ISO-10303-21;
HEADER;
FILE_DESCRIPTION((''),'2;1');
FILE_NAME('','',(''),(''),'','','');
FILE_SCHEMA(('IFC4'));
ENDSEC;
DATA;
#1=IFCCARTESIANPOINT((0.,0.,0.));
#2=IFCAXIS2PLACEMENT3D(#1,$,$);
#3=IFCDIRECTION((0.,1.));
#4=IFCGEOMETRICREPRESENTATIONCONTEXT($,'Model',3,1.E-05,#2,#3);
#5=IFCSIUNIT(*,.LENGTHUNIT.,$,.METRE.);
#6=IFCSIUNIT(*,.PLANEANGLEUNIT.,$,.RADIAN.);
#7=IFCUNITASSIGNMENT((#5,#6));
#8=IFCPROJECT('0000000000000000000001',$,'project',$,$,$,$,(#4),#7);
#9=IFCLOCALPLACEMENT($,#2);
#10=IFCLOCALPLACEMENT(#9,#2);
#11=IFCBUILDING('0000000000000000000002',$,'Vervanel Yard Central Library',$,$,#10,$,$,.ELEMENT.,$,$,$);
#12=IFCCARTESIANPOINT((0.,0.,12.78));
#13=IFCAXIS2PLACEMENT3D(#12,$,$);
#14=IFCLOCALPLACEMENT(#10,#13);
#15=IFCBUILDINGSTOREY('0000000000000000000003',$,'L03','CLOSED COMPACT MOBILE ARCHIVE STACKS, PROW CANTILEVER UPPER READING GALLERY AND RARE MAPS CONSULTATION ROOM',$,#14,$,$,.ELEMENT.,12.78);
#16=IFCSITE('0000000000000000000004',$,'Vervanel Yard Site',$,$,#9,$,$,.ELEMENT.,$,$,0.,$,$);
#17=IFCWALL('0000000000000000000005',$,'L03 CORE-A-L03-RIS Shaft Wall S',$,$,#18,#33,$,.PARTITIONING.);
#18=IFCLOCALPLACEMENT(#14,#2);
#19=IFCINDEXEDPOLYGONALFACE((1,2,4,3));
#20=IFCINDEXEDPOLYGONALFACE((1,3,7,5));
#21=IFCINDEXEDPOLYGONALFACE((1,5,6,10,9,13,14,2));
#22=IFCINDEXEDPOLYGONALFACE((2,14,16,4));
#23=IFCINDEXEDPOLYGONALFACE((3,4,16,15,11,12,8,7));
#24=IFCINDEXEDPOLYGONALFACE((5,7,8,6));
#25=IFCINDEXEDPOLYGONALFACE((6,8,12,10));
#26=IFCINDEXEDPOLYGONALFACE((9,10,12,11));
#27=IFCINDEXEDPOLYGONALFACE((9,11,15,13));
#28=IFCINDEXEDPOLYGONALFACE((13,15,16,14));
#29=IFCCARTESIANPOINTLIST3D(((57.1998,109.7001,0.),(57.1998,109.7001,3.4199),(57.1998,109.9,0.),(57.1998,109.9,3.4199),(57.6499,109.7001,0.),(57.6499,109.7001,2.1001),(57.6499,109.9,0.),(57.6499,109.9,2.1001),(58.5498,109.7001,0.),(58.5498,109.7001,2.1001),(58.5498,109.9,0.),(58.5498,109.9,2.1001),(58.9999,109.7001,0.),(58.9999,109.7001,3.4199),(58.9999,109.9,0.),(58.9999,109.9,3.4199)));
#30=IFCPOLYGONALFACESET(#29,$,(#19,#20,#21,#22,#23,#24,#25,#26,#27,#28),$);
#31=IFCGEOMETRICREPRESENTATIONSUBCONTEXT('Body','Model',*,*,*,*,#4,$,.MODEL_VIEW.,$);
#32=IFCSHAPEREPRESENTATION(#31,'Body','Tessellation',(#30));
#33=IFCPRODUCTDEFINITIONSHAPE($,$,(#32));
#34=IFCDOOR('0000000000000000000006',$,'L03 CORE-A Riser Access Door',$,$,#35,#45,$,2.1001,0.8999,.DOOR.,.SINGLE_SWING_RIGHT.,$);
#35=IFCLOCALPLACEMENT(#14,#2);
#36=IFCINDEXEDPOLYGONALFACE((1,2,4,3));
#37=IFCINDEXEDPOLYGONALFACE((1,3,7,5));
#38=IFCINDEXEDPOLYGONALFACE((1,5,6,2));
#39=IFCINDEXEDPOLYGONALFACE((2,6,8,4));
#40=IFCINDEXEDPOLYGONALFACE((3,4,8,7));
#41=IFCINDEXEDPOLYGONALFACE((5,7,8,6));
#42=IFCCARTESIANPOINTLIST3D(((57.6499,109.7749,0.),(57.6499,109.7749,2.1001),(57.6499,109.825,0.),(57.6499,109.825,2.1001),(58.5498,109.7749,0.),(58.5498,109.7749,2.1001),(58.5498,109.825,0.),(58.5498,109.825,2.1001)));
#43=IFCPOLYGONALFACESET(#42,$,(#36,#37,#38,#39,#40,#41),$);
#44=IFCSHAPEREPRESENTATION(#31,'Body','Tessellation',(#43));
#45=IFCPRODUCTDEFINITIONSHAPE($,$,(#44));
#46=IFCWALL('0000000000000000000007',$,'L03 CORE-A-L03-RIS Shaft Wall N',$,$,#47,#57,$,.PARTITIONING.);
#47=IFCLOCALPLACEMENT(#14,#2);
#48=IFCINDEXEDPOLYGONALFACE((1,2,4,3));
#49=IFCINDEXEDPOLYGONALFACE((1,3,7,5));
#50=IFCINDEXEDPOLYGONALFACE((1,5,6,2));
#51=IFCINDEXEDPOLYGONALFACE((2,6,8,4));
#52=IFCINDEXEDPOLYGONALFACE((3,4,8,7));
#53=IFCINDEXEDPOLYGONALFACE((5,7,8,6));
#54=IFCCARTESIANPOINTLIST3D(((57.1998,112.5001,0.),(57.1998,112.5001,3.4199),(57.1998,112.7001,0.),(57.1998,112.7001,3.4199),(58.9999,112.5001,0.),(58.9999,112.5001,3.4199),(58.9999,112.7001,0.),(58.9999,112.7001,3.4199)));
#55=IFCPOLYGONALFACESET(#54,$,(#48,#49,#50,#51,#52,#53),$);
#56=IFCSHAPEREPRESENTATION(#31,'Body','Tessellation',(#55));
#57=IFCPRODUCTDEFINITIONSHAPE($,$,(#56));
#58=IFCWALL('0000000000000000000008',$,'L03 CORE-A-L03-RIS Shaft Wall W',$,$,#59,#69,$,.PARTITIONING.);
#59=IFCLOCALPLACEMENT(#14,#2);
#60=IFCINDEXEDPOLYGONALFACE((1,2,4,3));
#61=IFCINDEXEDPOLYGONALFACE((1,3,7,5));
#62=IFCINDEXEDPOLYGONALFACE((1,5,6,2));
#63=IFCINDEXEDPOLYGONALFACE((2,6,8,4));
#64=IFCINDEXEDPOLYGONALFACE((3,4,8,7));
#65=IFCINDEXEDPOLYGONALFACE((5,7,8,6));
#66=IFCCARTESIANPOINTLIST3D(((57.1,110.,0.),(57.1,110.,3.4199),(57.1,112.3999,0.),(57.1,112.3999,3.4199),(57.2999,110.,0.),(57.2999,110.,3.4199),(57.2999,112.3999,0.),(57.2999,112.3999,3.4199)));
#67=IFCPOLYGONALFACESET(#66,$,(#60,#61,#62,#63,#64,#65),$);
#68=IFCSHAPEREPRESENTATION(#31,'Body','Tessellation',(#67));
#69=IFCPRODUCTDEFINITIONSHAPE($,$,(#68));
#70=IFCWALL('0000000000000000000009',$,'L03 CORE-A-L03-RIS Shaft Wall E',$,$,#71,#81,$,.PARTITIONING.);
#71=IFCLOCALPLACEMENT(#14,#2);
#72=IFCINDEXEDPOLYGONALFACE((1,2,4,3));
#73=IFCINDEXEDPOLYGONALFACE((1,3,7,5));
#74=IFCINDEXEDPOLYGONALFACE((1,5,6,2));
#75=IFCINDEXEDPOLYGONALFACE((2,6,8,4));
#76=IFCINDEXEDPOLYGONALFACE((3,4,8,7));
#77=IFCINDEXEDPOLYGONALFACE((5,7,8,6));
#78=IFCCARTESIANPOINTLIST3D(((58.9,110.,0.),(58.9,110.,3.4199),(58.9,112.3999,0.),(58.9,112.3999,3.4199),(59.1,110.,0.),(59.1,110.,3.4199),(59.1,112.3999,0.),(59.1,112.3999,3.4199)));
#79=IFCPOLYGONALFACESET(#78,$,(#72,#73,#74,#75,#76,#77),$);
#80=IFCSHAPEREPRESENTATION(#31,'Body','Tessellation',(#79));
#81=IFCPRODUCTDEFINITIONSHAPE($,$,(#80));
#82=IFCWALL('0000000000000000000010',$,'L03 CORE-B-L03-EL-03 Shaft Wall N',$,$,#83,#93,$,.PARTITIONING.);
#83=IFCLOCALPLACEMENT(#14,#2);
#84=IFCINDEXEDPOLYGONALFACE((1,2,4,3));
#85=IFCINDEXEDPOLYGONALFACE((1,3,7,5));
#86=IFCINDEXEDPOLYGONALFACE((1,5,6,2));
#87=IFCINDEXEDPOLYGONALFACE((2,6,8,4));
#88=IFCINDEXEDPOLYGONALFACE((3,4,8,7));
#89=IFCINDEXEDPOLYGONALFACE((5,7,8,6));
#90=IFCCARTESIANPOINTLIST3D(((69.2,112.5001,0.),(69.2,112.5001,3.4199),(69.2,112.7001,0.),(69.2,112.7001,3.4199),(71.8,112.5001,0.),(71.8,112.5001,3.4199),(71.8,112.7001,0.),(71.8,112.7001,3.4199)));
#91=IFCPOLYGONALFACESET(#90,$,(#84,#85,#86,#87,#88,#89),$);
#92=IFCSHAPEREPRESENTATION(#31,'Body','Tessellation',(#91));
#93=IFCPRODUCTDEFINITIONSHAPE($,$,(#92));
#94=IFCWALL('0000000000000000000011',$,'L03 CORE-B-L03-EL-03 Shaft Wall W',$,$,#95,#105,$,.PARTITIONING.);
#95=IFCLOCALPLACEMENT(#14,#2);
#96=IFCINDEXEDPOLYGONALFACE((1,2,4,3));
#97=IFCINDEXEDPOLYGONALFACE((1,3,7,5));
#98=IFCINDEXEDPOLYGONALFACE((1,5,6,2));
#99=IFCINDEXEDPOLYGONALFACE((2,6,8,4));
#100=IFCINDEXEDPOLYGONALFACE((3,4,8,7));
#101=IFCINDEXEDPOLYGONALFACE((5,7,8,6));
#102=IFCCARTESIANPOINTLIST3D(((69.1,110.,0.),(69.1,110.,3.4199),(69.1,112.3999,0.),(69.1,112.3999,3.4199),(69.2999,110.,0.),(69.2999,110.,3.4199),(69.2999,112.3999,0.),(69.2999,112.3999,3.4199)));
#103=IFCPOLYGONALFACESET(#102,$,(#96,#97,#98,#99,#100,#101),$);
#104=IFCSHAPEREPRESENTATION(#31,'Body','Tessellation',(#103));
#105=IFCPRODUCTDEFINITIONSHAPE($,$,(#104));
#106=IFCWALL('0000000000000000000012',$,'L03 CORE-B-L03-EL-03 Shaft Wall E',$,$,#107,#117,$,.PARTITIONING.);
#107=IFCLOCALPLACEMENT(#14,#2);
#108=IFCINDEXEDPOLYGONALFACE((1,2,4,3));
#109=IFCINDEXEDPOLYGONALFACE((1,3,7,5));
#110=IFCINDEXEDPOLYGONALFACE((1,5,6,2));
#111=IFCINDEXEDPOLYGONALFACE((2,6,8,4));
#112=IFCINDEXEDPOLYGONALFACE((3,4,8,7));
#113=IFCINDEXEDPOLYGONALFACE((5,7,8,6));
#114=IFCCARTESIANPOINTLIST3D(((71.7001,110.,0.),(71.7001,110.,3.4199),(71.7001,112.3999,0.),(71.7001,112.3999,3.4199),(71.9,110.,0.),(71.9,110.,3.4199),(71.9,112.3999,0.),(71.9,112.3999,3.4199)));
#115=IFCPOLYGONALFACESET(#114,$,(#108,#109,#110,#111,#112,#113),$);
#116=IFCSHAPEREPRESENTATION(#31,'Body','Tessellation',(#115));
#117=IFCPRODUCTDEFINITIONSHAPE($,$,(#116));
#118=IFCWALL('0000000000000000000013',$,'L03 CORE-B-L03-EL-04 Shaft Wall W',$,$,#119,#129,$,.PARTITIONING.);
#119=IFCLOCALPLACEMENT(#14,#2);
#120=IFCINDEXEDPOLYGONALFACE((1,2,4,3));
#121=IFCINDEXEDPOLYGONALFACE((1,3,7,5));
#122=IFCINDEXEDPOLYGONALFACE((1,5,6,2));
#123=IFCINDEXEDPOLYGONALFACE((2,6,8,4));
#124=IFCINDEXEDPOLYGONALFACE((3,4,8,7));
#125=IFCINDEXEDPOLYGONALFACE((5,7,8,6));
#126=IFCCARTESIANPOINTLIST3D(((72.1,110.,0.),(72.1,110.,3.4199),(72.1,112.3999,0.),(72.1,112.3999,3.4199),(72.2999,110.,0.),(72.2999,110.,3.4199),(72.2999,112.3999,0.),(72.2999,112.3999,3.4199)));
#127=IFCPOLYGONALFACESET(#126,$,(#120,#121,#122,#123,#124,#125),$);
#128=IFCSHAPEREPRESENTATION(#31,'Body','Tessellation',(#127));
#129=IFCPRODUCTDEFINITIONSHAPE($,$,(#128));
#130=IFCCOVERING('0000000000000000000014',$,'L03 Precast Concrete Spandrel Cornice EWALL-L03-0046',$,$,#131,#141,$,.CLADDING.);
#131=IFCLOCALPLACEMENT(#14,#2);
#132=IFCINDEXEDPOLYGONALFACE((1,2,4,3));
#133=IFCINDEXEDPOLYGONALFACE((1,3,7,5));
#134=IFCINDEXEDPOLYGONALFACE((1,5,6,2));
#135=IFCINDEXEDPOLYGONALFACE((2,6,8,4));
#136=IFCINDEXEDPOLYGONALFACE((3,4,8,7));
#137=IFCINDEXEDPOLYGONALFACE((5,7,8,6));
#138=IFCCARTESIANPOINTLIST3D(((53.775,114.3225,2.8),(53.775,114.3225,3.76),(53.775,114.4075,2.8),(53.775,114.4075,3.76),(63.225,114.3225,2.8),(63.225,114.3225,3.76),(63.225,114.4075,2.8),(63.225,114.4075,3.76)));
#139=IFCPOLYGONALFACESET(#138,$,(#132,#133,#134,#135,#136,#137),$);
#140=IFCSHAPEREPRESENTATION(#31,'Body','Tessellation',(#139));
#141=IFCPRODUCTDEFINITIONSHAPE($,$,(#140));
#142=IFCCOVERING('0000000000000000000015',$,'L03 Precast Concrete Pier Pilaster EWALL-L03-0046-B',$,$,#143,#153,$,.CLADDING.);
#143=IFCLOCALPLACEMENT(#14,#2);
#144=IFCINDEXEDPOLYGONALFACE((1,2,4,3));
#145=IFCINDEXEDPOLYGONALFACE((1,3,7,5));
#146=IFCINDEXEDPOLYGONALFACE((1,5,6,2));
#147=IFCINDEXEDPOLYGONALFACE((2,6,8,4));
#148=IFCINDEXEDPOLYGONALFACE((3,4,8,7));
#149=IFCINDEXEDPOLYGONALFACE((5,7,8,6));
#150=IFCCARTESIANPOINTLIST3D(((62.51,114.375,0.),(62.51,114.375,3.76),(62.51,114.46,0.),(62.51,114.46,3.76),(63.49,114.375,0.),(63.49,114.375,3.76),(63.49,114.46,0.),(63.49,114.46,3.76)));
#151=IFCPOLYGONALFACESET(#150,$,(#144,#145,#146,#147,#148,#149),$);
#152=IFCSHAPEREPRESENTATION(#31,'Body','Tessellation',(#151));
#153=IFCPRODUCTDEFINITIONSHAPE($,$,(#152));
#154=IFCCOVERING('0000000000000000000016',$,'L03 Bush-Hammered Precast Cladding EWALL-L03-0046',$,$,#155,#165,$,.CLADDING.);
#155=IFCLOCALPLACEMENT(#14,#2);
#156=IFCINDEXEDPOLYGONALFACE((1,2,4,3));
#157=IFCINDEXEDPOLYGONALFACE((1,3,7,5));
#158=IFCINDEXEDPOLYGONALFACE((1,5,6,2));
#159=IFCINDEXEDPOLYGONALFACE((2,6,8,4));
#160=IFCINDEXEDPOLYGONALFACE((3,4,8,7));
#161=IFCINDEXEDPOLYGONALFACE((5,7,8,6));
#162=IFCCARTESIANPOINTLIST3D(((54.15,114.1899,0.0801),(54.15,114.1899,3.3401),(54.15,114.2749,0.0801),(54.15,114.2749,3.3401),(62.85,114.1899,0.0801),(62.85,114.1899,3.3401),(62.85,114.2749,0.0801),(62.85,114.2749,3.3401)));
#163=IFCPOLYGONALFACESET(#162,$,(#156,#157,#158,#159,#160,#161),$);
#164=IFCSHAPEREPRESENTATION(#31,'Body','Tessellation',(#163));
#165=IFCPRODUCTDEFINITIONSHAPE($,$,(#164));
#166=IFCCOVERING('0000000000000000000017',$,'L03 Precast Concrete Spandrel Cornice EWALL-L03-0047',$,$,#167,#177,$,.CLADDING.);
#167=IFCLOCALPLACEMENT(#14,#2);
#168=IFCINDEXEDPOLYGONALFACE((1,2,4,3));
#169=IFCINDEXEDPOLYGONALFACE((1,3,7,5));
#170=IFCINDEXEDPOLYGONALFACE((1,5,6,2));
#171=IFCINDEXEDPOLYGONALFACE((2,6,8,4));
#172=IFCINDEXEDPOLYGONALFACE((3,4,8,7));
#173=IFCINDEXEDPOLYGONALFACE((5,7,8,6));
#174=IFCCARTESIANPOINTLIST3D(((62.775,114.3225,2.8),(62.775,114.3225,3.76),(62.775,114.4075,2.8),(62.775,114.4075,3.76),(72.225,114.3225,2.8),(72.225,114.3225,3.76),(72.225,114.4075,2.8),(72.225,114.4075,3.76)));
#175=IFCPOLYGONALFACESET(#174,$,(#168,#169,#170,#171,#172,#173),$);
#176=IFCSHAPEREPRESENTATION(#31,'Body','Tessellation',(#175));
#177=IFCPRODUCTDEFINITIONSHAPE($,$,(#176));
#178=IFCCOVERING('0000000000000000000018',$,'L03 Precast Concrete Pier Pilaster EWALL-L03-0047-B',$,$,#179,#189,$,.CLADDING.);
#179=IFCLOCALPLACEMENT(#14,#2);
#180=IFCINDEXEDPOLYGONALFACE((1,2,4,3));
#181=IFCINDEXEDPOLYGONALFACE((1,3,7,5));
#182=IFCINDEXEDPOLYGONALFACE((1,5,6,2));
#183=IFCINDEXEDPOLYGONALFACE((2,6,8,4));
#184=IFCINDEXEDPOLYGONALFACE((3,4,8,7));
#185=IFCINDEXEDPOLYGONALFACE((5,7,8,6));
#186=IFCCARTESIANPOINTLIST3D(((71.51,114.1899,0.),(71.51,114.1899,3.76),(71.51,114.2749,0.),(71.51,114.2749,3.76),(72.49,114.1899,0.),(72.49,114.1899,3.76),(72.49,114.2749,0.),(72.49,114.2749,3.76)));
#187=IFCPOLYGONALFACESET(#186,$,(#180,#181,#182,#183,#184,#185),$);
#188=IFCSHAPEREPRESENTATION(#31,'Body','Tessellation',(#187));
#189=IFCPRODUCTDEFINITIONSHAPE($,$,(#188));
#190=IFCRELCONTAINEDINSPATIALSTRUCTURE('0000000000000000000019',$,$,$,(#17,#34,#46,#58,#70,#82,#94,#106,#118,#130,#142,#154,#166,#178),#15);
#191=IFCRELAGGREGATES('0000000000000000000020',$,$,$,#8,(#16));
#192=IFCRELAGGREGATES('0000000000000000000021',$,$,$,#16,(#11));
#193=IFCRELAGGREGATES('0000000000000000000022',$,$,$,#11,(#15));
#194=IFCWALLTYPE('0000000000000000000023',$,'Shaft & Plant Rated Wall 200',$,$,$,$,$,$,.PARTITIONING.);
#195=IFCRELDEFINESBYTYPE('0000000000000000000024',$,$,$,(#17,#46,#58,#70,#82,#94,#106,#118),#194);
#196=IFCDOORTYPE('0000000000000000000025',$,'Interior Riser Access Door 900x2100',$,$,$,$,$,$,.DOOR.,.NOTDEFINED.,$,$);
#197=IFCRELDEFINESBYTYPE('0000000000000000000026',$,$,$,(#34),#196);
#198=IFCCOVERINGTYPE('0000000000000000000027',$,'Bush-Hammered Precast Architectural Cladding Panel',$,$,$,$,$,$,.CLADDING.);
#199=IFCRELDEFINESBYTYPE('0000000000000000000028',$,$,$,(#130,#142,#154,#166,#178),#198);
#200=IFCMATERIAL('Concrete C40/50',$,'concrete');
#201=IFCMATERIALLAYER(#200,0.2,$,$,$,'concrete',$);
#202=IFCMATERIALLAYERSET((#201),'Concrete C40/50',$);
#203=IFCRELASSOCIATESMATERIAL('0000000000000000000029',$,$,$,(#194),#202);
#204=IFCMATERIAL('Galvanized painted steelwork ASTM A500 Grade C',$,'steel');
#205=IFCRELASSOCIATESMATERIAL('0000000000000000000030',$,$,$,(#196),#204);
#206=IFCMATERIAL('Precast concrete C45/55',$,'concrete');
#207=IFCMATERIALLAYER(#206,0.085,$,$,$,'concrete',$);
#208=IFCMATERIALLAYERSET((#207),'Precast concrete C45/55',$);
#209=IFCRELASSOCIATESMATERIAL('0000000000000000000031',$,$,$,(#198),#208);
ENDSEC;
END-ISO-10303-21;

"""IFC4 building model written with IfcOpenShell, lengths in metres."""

from ifc_helpers import new_model, si_unit, direction, frame, frame_2d, origin, origin_2d, place, context, subcontext, project, spatial, rectangle, extrude, material, layer, layer_set, type_object, element, fill, save


model = new_model("IFC4")

# Units and contexts
model_context = context("Model", 3, precision=1e-05, world=origin(), true_north=direction((0.0, 1.0)))
body_context = subcontext(model_context, "Body", "Model", "MODEL_VIEW")
ifc_project = project(units=[si_unit("LENGTHUNIT", "METRE"), si_unit("PLANEANGLEUNIT", "RADIAN")], contexts=[model_context])

# Site, building, storey
site_placement = place(None, origin())
site = spatial("IfcSite", under=ifc_project, at=site_placement, Name="Vervanel Yard Site", CompositionType="ELEMENT", RefElevation=0.0)
building_placement = place(site_placement, origin())
building = spatial("IfcBuilding", under=site, at=building_placement, Name="Vervanel Yard Central Library", CompositionType="ELEMENT")
storey_placement = place(building_placement, frame((0.0, 0.0, 12.78)))
storey = spatial("IfcBuildingStorey", under=building, at=storey_placement, Name="L03", Description="CLOSED COMPACT MOBILE ARCHIVE STACKS, PROW CANTILEVER UPPER READING GALLERY AND RARE MAPS CONSULTATION ROOM", CompositionType="ELEMENT", Elevation=12.78)

# Shared definitions
ifc_material_1 = material(Name="Concrete C40/50", Category="concrete")

# Shared definitions
ifc_layer_1 = layer(ifc_material_1, 0.2, Category="concrete")
ifc_layer_set_1 = layer_set([ifc_layer_1], Name="Concrete C40/50")
wall_type_1 = type_object("IfcWallType", Name="Shaft & Plant Rated Wall 200", PredefinedType="PARTITIONING", material=ifc_layer_set_1)

# Wall, opening, door
wall_1_placement = place(storey_placement, frame((57.2, 109.8, 0.0), z_axis=(0.0, 0.0, 1.0), x_axis=(1.0, 0.0, 0.0)))
wall_1 = element("IfcWall", 1, at=wall_1_placement, inside=storey, type_object=wall_type_1, Name="L03 CORE-A-L03-RIS Shaft Wall S", PredefinedType="PARTITIONING", context=body_context, shape_type="SweptSolid", body=[
    extrude(rectangle(XDim=1.8, YDim=0.2, at=frame_2d((0.8999, 0.0))), origin(), (0.0, 0.0, 1.0), 3.4199),
])
opening_1_placement = place(wall_1_placement, frame((0.45, 0.0, 0.0)))
opening_1 = element("IfcOpeningElement", 2, at=opening_1_placement, cuts=wall_1, PredefinedType="OPENING", context=body_context, shape_type="SweptSolid", body=[
    extrude(rectangle(XDim=0.8999, YDim=2.1001, at=frame_2d((0.45, 1.05))), frame((0.0, 0.1099, 0.0), z_axis=(0.0, -1.0, 0.0), x_axis=(1.0, 0.0, 0.0)), (0.0, 0.0, 1.0), 0.22),
])
ifc_material_2 = material(Name="Galvanized painted steelwork ASTM A500 Grade C", Category="steel")
door_type_1 = type_object("IfcDoorType", Name="Interior Riser Access Door 900x2100", OperationType="NOTDEFINED", PredefinedType="DOOR", material=ifc_material_2)
door_1_placement = place(opening_1_placement, origin())
door_1 = element("IfcDoor", 3, at=door_1_placement, inside=storey, type_object=door_type_1, Name="L03 CORE-A Riser Access Door", OperationType="SINGLE_SWING_RIGHT", OverallHeight=2.1001, OverallWidth=0.8999, PredefinedType="DOOR", context=body_context, shape_type="SweptSolid", body=[
    extrude(rectangle(XDim=0.8999, YDim=2.1001, at=frame_2d((0.45, 1.05))), frame((0.0, 0.0249, 0.0), z_axis=(0.0, -1.0, 0.0), x_axis=(1.0, 0.0, 0.0)), (0.0, 0.0, 1.0), 0.05),
])
fill(opening_1, door_1)

# Walls
wall_2_placement = place(storey_placement, frame((57.2, 112.6001, 0.0), z_axis=(0.0, 0.0, 1.0), x_axis=(1.0, 0.0, 0.0)))
element("IfcWall", 4, at=wall_2_placement, inside=storey, type_object=wall_type_1, Name="L03 CORE-A-L03-RIS Shaft Wall N", PredefinedType="PARTITIONING", context=body_context, shape_type="SweptSolid", body=[
    extrude(rectangle(XDim=1.8, YDim=0.2, at=frame_2d((0.8999, 0.0))), origin(), (0.0, 0.0, 1.0), 3.4199),
])
for number, where, z_axis, x_axis, name in (
    (5, (57.2, 110.0, 0.0), (0.0, 0.0, 1.0), (0.0, 1.0, 0.0), "L03 CORE-A-L03-RIS Shaft Wall W"),
    (6, (59.0, 110.0, 0.0), (0.0, 0.0, 1.0), (0.0, 1.0, 0.0), "L03 CORE-A-L03-RIS Shaft Wall E"),
):
    element("IfcWall", number, at=place(storey_placement, frame(where, z_axis=z_axis, x_axis=x_axis)), inside=storey, type_object=wall_type_1, Name=name, PredefinedType="PARTITIONING", context=body_context, shape_type="SweptSolid", body=[
        extrude(rectangle(XDim=2.3999, YDim=0.2, at=frame_2d((1.2, 0.0))), origin(), (0.0, 0.0, 1.0), 3.4199),
    ])

# Walls
wall_3_placement = place(storey_placement, frame((69.2, 112.6001, 0.0), z_axis=(0.0, 0.0, 1.0), x_axis=(1.0, 0.0, 0.0)))
element("IfcWall", 7, at=wall_3_placement, inside=storey, type_object=wall_type_1, Name="L03 CORE-B-L03-EL-03 Shaft Wall N", PredefinedType="PARTITIONING", context=body_context, shape_type="SweptSolid", body=[
    extrude(rectangle(XDim=2.6001, YDim=0.2, at=frame_2d((1.3, 0.0))), origin(), (0.0, 0.0, 1.0), 3.4199),
])
for number, where, z_axis, x_axis, name in (
    (8, (69.2, 110.0, 0.0), (0.0, 0.0, 1.0), (0.0, 1.0, 0.0), "L03 CORE-B-L03-EL-03 Shaft Wall W"),
    (9, (71.8, 110.0, 0.0), (0.0, 0.0, 1.0), (0.0, 1.0, 0.0), "L03 CORE-B-L03-EL-03 Shaft Wall E"),
):
    element("IfcWall", number, at=place(storey_placement, frame(where, z_axis=z_axis, x_axis=x_axis)), inside=storey, type_object=wall_type_1, Name=name, PredefinedType="PARTITIONING", context=body_context, shape_type="SweptSolid", body=[
        extrude(rectangle(XDim=2.3999, YDim=0.2, at=frame_2d((1.2, 0.0))), origin(), (0.0, 0.0, 1.0), 3.4199),
    ])

# Wall
wall_4_placement = place(storey_placement, frame((72.2, 110.0, 0.0), z_axis=(0.0, 0.0, 1.0), x_axis=(0.0, 1.0, 0.0)))
element("IfcWall", 10, at=wall_4_placement, inside=storey, type_object=wall_type_1, Name="L03 CORE-B-L03-EL-04 Shaft Wall W", PredefinedType="PARTITIONING", context=body_context, shape_type="SweptSolid", body=[
    extrude(rectangle(XDim=2.3999, YDim=0.2, at=frame_2d((1.2, 0.0))), origin(), (0.0, 0.0, 1.0), 3.4199),
])

# Coverings
ifc_material_3 = material(Name="Precast concrete C45/55", Category="concrete")
ifc_layer_2 = layer(ifc_material_3, 0.085, Category="concrete")
ifc_layer_set_2 = layer_set([ifc_layer_2], Name="Precast concrete C45/55")
covering_type = type_object("IfcCoveringType", Name="Bush-Hammered Precast Architectural Cladding Panel", PredefinedType="CLADDING", material=ifc_layer_set_2)
covering_1_placement = place(storey_placement, frame((58.5, 114.365, 2.8), z_axis=(0.0, 0.0, 1.0), x_axis=(1.0, 0.0, 0.0)))
element("IfcCovering", 11, at=covering_1_placement, inside=storey, type_object=covering_type, Name="L03 Precast Concrete Spandrel Cornice EWALL-L03-0046", PredefinedType="CLADDING", context=body_context, shape_type="SweptSolid", body=[
    extrude(rectangle(XDim=9.45, YDim=0.085, at=origin_2d()), origin(), (0.0, 0.0, 1.0), 0.96),
])
covering_2_placement = place(storey_placement, frame((63.0, 114.4175, 0.0), z_axis=(0.0, 0.0, 1.0), x_axis=(1.0, 0.0, 0.0)))
element("IfcCovering", 12, at=covering_2_placement, inside=storey, type_object=covering_type, Name="L03 Precast Concrete Pier Pilaster EWALL-L03-0046-B", PredefinedType="CLADDING", context=body_context, shape_type="SweptSolid", body=[
    extrude(rectangle(XDim=0.98, YDim=0.085, at=origin_2d()), origin(), (0.0, 0.0, 1.0), 3.76),
])
covering_3_placement = place(storey_placement, frame((58.5, 114.2324, 0.0801), z_axis=(0.0, 0.0, 1.0), x_axis=(1.0, 0.0, 0.0)))
element("IfcCovering", 13, at=covering_3_placement, inside=storey, type_object=covering_type, Name="L03 Bush-Hammered Precast Cladding EWALL-L03-0046", PredefinedType="CLADDING", context=body_context, shape_type="SweptSolid", body=[
    extrude(rectangle(XDim=8.7, YDim=0.085, at=origin_2d()), origin(), (0.0, 0.0, 1.0), 3.26),
])
covering_4_placement = place(storey_placement, frame((67.5, 114.365, 2.8), z_axis=(0.0, 0.0, 1.0), x_axis=(1.0, 0.0, 0.0)))
element("IfcCovering", 14, at=covering_4_placement, inside=storey, type_object=covering_type, Name="L03 Precast Concrete Spandrel Cornice EWALL-L03-0047", PredefinedType="CLADDING", context=body_context, shape_type="SweptSolid", body=[
    extrude(rectangle(XDim=9.45, YDim=0.085, at=origin_2d()), origin(), (0.0, 0.0, 1.0), 0.96),
])
covering_5_placement = place(storey_placement, frame((72.0, 114.2324, 0.0), z_axis=(0.0, 0.0, 1.0), x_axis=(1.0, 0.0, 0.0)))
element("IfcCovering", 15, at=covering_5_placement, inside=storey, type_object=covering_type, Name="L03 Precast Concrete Pier Pilaster EWALL-L03-0047-B", PredefinedType="CLADDING", context=body_context, shape_type="SweptSolid", body=[
    extrude(rectangle(XDim=0.98, YDim=0.085, at=origin_2d()), origin(), (0.0, 0.0, 1.0), 3.76),
])

save(model, "model.ifc")
